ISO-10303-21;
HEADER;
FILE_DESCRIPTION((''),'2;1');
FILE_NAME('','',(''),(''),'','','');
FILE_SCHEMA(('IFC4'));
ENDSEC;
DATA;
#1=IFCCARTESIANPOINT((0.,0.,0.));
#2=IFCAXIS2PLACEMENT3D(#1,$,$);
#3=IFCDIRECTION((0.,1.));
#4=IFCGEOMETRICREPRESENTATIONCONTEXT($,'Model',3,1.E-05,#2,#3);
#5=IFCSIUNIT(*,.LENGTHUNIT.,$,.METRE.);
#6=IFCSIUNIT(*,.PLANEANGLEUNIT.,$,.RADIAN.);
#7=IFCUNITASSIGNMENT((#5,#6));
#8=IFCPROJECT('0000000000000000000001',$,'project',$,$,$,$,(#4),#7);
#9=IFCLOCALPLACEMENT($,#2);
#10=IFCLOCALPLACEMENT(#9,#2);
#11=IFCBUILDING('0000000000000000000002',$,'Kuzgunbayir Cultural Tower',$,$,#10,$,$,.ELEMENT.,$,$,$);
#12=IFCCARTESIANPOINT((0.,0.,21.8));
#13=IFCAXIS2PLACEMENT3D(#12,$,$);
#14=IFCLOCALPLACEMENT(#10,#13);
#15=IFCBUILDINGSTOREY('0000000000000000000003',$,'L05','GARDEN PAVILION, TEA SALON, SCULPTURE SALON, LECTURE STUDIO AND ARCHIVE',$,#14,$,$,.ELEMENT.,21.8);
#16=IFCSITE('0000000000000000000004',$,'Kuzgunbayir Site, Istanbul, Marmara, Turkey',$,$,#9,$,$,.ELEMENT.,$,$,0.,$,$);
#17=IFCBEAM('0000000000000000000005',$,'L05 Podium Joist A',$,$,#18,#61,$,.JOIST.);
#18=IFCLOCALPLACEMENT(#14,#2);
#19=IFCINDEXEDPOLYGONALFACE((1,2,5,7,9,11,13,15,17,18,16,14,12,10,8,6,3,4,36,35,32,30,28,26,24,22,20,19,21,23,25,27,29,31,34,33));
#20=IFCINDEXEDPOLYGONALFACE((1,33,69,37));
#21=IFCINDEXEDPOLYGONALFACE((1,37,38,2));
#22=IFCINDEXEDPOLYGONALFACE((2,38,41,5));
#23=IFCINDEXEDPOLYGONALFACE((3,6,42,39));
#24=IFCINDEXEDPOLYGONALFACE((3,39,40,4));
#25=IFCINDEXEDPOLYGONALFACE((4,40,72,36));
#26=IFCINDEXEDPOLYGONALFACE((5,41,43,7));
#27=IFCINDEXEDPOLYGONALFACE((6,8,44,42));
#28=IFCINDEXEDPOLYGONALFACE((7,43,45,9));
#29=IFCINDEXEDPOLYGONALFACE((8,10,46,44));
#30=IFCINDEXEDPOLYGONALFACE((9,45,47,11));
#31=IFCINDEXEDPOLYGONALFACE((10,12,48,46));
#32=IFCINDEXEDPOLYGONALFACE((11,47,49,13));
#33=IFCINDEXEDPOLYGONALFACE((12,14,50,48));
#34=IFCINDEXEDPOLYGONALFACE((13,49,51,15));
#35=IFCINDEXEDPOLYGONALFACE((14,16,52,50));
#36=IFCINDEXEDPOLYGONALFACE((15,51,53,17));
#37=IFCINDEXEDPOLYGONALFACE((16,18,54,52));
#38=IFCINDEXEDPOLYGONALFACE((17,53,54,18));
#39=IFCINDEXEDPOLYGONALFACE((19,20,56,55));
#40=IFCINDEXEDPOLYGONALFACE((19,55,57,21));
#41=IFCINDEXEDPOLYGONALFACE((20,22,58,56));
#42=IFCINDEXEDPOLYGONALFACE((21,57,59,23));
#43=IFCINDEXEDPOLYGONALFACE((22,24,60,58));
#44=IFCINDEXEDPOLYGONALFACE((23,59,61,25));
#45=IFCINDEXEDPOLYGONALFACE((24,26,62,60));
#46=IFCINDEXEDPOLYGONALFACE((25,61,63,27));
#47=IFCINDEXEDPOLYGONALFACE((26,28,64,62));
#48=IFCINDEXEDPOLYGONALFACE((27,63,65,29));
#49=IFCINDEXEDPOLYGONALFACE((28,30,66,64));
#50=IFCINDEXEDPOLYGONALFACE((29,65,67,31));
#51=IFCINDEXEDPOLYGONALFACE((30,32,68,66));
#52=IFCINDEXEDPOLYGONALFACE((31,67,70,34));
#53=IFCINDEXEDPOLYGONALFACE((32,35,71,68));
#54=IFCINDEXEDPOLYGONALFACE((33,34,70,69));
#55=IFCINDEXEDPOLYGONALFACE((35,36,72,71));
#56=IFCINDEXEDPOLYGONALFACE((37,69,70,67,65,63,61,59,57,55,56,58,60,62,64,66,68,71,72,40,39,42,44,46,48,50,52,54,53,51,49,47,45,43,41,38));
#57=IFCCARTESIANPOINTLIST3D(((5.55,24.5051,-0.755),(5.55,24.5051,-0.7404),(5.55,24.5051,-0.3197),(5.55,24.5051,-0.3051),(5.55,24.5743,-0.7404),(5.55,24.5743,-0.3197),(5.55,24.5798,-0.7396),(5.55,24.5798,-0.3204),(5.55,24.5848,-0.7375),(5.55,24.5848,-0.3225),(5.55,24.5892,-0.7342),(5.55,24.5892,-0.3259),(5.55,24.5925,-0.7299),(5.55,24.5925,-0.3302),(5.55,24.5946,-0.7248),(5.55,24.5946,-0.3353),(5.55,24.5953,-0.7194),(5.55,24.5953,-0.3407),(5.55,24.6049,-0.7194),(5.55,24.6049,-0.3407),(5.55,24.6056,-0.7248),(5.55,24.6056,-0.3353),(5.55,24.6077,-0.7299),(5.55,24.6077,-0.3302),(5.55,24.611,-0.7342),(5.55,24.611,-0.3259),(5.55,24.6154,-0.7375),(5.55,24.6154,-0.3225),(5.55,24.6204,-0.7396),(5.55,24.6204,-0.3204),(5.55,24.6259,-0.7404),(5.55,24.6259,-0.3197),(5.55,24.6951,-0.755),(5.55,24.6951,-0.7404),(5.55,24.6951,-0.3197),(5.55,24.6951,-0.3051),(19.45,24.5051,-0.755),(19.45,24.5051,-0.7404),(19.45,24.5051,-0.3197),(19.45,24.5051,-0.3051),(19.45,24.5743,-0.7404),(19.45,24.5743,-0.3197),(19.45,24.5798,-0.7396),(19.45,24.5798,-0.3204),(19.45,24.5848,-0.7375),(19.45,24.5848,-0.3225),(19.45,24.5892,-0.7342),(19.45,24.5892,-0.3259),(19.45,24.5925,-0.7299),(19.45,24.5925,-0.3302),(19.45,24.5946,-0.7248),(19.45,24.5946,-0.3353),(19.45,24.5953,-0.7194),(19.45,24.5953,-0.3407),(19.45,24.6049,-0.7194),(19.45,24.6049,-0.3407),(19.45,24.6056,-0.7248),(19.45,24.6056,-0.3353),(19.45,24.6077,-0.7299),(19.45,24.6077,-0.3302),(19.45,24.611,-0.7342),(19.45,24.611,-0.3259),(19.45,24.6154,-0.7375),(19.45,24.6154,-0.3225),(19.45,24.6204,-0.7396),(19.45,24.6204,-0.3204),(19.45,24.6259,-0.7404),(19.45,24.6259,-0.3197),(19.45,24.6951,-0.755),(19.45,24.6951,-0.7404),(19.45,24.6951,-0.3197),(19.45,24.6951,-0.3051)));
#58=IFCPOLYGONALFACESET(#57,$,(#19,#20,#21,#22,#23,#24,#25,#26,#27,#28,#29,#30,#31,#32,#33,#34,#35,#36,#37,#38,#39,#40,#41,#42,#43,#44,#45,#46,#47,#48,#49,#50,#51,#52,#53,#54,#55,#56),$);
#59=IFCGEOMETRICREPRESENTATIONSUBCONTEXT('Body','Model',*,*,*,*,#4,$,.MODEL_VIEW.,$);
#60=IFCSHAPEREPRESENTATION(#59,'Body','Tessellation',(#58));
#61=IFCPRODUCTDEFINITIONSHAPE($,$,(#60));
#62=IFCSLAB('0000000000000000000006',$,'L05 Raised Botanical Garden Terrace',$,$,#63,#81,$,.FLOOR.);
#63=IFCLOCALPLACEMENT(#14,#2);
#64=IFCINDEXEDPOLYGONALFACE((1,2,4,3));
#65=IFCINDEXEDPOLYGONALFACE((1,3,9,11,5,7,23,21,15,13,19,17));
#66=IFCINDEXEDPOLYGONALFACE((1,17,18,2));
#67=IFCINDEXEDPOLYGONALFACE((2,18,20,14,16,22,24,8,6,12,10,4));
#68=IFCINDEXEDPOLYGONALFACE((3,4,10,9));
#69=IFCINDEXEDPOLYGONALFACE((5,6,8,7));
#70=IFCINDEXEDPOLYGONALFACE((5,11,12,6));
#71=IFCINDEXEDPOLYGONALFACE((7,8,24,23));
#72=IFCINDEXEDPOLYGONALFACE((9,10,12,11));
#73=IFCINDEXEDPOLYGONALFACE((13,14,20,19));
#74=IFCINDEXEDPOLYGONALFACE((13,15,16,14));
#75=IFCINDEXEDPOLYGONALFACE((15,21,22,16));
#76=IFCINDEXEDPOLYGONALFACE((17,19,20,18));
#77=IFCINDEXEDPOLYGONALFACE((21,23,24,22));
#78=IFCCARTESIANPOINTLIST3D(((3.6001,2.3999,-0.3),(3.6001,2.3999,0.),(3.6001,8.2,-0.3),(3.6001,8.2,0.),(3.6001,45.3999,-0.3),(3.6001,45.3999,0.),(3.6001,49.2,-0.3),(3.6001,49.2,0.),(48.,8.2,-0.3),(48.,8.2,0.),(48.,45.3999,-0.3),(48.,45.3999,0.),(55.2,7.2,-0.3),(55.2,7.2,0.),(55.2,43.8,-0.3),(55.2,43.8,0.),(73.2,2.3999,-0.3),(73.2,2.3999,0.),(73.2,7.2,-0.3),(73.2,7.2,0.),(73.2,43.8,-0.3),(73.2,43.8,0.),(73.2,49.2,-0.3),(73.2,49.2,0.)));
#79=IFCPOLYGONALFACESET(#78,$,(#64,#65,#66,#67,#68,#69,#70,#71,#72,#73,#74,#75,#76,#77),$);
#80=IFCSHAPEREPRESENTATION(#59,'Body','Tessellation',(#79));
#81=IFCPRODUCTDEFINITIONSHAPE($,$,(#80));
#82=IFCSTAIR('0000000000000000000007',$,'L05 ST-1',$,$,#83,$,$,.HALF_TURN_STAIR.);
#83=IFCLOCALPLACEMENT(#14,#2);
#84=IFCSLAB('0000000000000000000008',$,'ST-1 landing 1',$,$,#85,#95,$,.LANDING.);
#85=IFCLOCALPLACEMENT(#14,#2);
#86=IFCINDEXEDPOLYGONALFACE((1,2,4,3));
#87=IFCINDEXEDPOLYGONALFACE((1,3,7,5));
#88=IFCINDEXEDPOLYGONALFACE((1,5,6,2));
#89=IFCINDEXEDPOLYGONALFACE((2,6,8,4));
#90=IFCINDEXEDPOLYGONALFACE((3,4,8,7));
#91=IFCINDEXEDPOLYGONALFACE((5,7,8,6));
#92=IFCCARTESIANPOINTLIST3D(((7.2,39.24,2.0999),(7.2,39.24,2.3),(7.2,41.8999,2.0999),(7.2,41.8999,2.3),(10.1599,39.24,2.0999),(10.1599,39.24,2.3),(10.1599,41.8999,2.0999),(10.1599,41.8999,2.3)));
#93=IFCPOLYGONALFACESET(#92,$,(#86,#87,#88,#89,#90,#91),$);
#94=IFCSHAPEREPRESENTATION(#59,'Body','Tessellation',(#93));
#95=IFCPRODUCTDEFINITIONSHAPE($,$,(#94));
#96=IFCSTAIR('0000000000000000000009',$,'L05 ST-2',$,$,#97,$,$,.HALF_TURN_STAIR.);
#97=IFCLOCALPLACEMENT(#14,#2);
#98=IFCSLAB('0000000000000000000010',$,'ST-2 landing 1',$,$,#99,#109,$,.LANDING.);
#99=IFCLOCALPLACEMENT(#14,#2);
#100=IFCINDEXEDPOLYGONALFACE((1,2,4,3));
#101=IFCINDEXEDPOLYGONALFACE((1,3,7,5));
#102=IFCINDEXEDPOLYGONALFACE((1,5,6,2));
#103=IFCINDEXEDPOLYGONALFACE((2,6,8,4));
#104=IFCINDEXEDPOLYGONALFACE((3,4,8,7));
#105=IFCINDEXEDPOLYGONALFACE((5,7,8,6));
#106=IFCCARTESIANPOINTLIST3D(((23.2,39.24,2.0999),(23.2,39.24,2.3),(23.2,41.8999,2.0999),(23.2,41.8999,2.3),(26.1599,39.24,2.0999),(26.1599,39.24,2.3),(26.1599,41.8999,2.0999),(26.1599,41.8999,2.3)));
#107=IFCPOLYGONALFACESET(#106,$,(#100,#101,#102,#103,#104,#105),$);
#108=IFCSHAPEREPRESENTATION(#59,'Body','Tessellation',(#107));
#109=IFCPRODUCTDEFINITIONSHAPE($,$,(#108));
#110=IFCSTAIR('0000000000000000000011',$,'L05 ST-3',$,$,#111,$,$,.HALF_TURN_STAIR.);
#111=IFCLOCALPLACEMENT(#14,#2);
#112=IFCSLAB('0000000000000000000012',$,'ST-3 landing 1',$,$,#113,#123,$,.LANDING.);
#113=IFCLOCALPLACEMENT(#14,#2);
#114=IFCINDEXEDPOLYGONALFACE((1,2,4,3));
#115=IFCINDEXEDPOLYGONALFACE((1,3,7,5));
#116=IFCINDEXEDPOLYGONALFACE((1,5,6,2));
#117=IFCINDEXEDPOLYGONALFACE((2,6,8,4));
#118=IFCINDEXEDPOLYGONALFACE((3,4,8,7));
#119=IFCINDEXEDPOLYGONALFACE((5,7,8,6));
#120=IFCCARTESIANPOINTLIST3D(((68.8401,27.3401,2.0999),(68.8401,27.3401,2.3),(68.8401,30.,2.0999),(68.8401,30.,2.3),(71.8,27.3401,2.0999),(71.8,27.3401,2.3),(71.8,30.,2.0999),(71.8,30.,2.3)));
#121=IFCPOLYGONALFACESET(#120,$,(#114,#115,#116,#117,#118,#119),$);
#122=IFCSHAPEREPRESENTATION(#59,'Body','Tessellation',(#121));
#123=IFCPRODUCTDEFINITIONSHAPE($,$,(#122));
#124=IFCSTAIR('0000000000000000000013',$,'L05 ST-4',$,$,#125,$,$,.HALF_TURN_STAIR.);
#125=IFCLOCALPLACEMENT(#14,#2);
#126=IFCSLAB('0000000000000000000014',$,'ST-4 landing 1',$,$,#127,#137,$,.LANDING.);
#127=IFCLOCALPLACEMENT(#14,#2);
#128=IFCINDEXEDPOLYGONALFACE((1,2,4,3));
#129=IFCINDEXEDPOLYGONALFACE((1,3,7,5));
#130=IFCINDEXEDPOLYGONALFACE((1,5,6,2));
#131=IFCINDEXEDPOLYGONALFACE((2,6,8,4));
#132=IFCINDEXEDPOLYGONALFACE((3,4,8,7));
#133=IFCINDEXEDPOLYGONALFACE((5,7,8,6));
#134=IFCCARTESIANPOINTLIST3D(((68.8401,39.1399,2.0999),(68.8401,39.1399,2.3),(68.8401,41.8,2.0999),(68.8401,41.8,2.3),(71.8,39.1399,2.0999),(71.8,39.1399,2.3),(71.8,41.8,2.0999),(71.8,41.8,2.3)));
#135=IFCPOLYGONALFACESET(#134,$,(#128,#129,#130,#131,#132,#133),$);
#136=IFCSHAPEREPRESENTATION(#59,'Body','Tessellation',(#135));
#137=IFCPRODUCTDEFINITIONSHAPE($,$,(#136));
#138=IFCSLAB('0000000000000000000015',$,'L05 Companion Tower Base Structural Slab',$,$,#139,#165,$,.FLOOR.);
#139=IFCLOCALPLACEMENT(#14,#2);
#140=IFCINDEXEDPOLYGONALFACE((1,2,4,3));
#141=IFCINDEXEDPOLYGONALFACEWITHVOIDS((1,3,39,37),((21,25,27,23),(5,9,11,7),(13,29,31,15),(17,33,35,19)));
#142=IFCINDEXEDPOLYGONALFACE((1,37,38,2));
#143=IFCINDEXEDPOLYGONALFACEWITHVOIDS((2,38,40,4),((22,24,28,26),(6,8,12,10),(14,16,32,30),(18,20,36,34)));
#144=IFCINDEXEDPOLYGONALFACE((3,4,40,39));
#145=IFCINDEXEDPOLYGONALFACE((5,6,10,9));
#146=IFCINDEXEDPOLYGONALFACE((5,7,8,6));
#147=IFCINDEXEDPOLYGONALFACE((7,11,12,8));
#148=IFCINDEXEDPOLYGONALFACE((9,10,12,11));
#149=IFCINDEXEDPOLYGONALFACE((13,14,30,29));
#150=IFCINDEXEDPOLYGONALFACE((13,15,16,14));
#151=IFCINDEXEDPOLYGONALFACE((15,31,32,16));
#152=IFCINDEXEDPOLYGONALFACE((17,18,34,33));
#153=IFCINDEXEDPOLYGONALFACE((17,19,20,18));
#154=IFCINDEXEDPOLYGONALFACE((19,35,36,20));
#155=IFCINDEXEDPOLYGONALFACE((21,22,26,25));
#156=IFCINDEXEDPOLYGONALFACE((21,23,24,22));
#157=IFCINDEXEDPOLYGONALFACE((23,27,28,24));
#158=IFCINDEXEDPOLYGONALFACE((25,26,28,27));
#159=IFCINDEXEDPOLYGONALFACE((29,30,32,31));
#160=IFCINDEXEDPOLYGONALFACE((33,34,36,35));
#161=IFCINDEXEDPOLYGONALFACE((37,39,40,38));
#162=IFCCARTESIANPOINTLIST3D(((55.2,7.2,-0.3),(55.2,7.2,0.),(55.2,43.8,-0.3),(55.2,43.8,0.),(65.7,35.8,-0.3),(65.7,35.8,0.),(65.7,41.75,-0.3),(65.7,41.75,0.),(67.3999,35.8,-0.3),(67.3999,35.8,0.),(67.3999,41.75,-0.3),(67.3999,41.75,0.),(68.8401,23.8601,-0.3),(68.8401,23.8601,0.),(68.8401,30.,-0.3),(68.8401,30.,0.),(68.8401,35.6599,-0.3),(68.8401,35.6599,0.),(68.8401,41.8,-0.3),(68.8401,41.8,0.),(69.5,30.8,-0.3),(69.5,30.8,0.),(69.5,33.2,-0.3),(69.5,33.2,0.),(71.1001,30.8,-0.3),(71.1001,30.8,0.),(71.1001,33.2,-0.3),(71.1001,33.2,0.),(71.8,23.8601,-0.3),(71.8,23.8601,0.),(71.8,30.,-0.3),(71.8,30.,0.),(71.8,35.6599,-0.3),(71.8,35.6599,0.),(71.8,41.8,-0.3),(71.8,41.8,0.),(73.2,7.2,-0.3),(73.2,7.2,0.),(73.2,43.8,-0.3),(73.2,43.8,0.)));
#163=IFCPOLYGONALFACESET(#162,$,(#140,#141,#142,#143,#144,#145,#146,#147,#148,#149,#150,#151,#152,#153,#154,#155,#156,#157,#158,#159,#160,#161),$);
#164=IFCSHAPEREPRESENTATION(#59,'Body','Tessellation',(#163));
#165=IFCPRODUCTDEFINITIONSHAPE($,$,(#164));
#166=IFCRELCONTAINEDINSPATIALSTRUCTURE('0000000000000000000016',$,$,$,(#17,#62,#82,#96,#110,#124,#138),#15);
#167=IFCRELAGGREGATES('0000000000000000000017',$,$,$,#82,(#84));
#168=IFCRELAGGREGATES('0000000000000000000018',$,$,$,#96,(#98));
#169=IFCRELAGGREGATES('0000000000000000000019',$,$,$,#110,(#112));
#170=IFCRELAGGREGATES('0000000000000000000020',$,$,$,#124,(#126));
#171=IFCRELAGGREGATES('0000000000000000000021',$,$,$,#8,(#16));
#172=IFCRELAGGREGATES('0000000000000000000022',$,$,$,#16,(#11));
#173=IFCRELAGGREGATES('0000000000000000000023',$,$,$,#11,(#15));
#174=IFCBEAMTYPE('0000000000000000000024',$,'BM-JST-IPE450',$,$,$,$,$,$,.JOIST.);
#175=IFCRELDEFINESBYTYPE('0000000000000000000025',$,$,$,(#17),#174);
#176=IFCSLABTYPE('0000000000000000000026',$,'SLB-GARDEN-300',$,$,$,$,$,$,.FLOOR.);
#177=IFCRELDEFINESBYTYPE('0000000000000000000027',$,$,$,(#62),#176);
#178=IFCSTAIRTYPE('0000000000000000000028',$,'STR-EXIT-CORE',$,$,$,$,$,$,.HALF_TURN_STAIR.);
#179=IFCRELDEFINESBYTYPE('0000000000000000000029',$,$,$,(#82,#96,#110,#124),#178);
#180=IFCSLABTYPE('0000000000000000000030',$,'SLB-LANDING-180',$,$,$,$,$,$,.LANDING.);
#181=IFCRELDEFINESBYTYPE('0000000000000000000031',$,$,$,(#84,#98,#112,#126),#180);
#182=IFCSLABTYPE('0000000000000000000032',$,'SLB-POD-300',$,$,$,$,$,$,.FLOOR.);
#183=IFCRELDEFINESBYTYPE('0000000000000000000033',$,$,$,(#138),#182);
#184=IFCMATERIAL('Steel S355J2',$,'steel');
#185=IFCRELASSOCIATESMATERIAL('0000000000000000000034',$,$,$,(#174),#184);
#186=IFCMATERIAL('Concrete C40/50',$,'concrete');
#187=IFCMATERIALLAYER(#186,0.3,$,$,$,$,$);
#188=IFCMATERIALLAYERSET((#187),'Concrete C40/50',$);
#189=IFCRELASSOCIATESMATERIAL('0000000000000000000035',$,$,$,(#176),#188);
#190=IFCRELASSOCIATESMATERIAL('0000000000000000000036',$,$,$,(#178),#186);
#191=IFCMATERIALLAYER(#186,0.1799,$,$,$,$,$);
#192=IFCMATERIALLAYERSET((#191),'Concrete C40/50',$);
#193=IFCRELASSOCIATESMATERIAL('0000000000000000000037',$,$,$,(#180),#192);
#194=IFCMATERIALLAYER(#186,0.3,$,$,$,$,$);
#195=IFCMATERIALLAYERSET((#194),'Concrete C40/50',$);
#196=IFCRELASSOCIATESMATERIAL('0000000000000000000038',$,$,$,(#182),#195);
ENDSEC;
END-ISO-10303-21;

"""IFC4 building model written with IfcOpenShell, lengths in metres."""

from ifc_helpers import new_model, si_unit, direction, frame, origin, origin_2d, place, context, subcontext, project, spatial, polyline, i_section, outline, extrude, material, layer, layer_set, material_profile, profile_set, type_object, element, aggregate, save


model = new_model("IFC4")

# Units and contexts
model_context = context("Model", 3, precision=1e-05, world=origin(), true_north=direction((0.0, 1.0)))
body_context = subcontext(model_context, "Body", "Model", "MODEL_VIEW")
ifc_project = project(units=[si_unit("LENGTHUNIT", "METRE"), si_unit("PLANEANGLEUNIT", "RADIAN")], contexts=[model_context])

# Site, building, storey
site_placement = place(None, origin())
site = spatial("IfcSite", under=ifc_project, at=site_placement, Name="Kuzgunbayir Site, Istanbul, Marmara, Turkey", CompositionType="ELEMENT", RefElevation=0.0)
building_placement = place(site_placement, origin())
building = spatial("IfcBuilding", under=site, at=building_placement, Name="Kuzgunbayir Cultural Tower", CompositionType="ELEMENT")
storey_placement = place(building_placement, frame((0.0, 0.0, 21.8)))
storey = spatial("IfcBuildingStorey", under=building, at=storey_placement, Name="L05", Description="GARDEN PAVILION, TEA SALON, SCULPTURE SALON, LECTURE STUDIO AND ARCHIVE", CompositionType="ELEMENT", Elevation=21.8)

# Beam
ifc_material_1 = material(Name="Steel S355J2", Category="steel")
ifc_material_profile_1 = material_profile(ifc_material_1, i_section(OverallWidth=0.1899, OverallDepth=0.45, WebThickness=0.0095, FlangeThickness=0.0146, FilletRadius=0.021, at=origin_2d()), Name="IPE 450")
ifc_profile_set_1 = profile_set([ifc_material_profile_1], Name="Steel S355J2")
beam_type_1 = type_object("IfcBeamType", Name="BM-JST-IPE450", PredefinedType="JOIST", material=ifc_profile_set_1)
for number, where, z_axis, x_axis, name in (
    (1, (5.55, 24.6001, -0.53), (1.0, 0.0, 0.0), (0.0, 1.0, 0.0), "L05 Podium Joist A"),
):
    element("IfcBeam", number, at=place(storey_placement, frame(where, z_axis=z_axis, x_axis=x_axis)), inside=storey, type_object=beam_type_1, Name=name, PredefinedType="JOIST", context=body_context, shape_type="SweptSolid", body=[
        extrude(i_section(OverallWidth=0.1899, OverallDepth=0.45, WebThickness=0.0095, FlangeThickness=0.0146, FilletRadius=0.021, at=origin_2d()), origin(), (0.0, 0.0, 1.0), 13.8999),
    ])

# Slab
ifc_material_2 = material(Name="Concrete C40/50", Category="concrete")
ifc_layer_1 = layer(ifc_material_2, 0.3)
ifc_layer_set_1 = layer_set([ifc_layer_1], Name="Concrete C40/50")
slab_type_1 = type_object("IfcSlabType", Name="SLB-GARDEN-300", PredefinedType="FLOOR", material=ifc_layer_set_1)
slab_1_placement = place(storey_placement, frame((0.0, 0.0, -0.3)))
element("IfcSlab", 2, at=slab_1_placement, inside=storey, type_object=slab_type_1, Name="L05 Raised Botanical Garden Terrace", PredefinedType="FLOOR", context=body_context, shape_type="SweptSolid", body=[
    extrude(outline(polyline([(3.6001, 2.3999), (73.2, 2.3999), (73.2, 7.2), (55.2, 7.2), (55.2, 43.8), (73.2, 43.8), (73.2, 49.2), (3.6001, 49.2), (3.6001, 45.3999), (48.0, 45.3999), (48.0, 8.2), (3.6001, 8.2), (3.6001, 2.3999)])), origin(), (0.0, 0.0, 1.0), 0.3),
])

# Stairs, slabs
stair_type = type_object("IfcStairType", Name="STR-EXIT-CORE", PredefinedType="HALF_TURN_STAIR", material=ifc_material_2)
stair_1_placement = place(storey_placement, origin())
stair_1 = element("IfcStair", 3, at=stair_1_placement, inside=storey, type_object=stair_type, Name="L05 ST-1", PredefinedType="HALF_TURN_STAIR")
ifc_layer_2 = layer(ifc_material_2, 0.1799)
ifc_layer_set_2 = layer_set([ifc_layer_2], Name="Concrete C40/50")
slab_type_2 = type_object("IfcSlabType", Name="SLB-LANDING-180", PredefinedType="LANDING", material=ifc_layer_set_2)
slab_2_placement = place(storey_placement, frame((0.0, 0.0, 2.0999)))
slab_2 = element("IfcSlab", 4, at=slab_2_placement, type_object=slab_type_2, Name="ST-1 landing 1", PredefinedType="LANDING", context=body_context, shape_type="SweptSolid", body=[
    extrude(outline(polyline([(10.1599, 39.24), (10.1599, 41.8999), (7.2, 41.8999), (7.2, 39.24), (10.1599, 39.24)])), origin(), (0.0, 0.0, 1.0), 0.2002),
])
aggregate(stair_1, [slab_2])
stair_2_placement = place(storey_placement, origin())
stair_2 = element("IfcStair", 5, at=stair_2_placement, inside=storey, type_object=stair_type, Name="L05 ST-2", PredefinedType="HALF_TURN_STAIR")
slab_3_placement = place(storey_placement, frame((0.0, 0.0, 2.0999)))
slab_3 = element("IfcSlab", 6, at=slab_3_placement, type_object=slab_type_2, Name="ST-2 landing 1", PredefinedType="LANDING", context=body_context, shape_type="SweptSolid", body=[
    extrude(outline(polyline([(26.1599, 39.24), (26.1599, 41.8999), (23.2, 41.8999), (23.2, 39.24), (26.1599, 39.24)])), origin(), (0.0, 0.0, 1.0), 0.2002),
])
aggregate(stair_2, [slab_3])
stair_3_placement = place(storey_placement, origin())
stair_3 = element("IfcStair", 7, at=stair_3_placement, inside=storey, type_object=stair_type, Name="L05 ST-3", PredefinedType="HALF_TURN_STAIR")
slab_4_placement = place(storey_placement, frame((0.0, 0.0, 2.0999)))
slab_4 = element("IfcSlab", 8, at=slab_4_placement, type_object=slab_type_2, Name="ST-3 landing 1", PredefinedType="LANDING", context=body_context, shape_type="SweptSolid", body=[
    extrude(outline(polyline([(71.8, 27.3401), (71.8, 30.0), (68.8401, 30.0), (68.8401, 27.3401), (71.8, 27.3401)])), origin(), (0.0, 0.0, 1.0), 0.2002),
])
aggregate(stair_3, [slab_4])
stair_4_placement = place(storey_placement, origin())
stair_4 = element("IfcStair", 9, at=stair_4_placement, inside=storey, type_object=stair_type, Name="L05 ST-4", PredefinedType="HALF_TURN_STAIR")
slab_5_placement = place(storey_placement, frame((0.0, 0.0, 2.0999)))
slab_5 = element("IfcSlab", 10, at=slab_5_placement, type_object=slab_type_2, Name="ST-4 landing 1", PredefinedType="LANDING", context=body_context, shape_type="SweptSolid", body=[
    extrude(outline(polyline([(71.8, 39.1399), (71.8, 41.8), (68.8401, 41.8), (68.8401, 39.1399), (71.8, 39.1399)])), origin(), (0.0, 0.0, 1.0), 0.2002),
])
aggregate(stair_4, [slab_5])

# Slab
ifc_layer_3 = layer(ifc_material_2, 0.3)
ifc_layer_set_3 = layer_set([ifc_layer_3], Name="Concrete C40/50")
slab_type_3 = type_object("IfcSlabType", Name="SLB-POD-300", PredefinedType="FLOOR", material=ifc_layer_set_3)
slab_6_placement = place(storey_placement, frame((0.0, 0.0, -0.3)))
element("IfcSlab", 11, at=slab_6_placement, inside=storey, type_object=slab_type_3, Name="L05 Companion Tower Base Structural Slab", PredefinedType="FLOOR", context=body_context, shape_type="SweptSolid", body=[
    extrude(outline(polyline([(55.2, 7.2), (73.2, 7.2), (73.2, 43.8), (55.2, 43.8), (55.2, 7.2)]), holes=[polyline([(68.8401, 23.8601), (68.8401, 30.0), (71.8, 30.0), (71.8, 23.8601), (68.8401, 23.8601)]), polyline([(68.8401, 35.6599), (68.8401, 41.8), (71.8, 41.8), (71.8, 35.6599), (68.8401, 35.6599)]), polyline([(65.7, 35.8), (65.7, 41.75), (67.3999, 41.75), (67.3999, 35.8), (65.7, 35.8)]), polyline([(69.5, 30.8), (69.5, 33.2), (71.1001, 33.2), (71.1001, 30.8), (69.5, 30.8)])]), origin(), (0.0, 0.0, 1.0), 0.3),
])

save(model, "model.ifc")
